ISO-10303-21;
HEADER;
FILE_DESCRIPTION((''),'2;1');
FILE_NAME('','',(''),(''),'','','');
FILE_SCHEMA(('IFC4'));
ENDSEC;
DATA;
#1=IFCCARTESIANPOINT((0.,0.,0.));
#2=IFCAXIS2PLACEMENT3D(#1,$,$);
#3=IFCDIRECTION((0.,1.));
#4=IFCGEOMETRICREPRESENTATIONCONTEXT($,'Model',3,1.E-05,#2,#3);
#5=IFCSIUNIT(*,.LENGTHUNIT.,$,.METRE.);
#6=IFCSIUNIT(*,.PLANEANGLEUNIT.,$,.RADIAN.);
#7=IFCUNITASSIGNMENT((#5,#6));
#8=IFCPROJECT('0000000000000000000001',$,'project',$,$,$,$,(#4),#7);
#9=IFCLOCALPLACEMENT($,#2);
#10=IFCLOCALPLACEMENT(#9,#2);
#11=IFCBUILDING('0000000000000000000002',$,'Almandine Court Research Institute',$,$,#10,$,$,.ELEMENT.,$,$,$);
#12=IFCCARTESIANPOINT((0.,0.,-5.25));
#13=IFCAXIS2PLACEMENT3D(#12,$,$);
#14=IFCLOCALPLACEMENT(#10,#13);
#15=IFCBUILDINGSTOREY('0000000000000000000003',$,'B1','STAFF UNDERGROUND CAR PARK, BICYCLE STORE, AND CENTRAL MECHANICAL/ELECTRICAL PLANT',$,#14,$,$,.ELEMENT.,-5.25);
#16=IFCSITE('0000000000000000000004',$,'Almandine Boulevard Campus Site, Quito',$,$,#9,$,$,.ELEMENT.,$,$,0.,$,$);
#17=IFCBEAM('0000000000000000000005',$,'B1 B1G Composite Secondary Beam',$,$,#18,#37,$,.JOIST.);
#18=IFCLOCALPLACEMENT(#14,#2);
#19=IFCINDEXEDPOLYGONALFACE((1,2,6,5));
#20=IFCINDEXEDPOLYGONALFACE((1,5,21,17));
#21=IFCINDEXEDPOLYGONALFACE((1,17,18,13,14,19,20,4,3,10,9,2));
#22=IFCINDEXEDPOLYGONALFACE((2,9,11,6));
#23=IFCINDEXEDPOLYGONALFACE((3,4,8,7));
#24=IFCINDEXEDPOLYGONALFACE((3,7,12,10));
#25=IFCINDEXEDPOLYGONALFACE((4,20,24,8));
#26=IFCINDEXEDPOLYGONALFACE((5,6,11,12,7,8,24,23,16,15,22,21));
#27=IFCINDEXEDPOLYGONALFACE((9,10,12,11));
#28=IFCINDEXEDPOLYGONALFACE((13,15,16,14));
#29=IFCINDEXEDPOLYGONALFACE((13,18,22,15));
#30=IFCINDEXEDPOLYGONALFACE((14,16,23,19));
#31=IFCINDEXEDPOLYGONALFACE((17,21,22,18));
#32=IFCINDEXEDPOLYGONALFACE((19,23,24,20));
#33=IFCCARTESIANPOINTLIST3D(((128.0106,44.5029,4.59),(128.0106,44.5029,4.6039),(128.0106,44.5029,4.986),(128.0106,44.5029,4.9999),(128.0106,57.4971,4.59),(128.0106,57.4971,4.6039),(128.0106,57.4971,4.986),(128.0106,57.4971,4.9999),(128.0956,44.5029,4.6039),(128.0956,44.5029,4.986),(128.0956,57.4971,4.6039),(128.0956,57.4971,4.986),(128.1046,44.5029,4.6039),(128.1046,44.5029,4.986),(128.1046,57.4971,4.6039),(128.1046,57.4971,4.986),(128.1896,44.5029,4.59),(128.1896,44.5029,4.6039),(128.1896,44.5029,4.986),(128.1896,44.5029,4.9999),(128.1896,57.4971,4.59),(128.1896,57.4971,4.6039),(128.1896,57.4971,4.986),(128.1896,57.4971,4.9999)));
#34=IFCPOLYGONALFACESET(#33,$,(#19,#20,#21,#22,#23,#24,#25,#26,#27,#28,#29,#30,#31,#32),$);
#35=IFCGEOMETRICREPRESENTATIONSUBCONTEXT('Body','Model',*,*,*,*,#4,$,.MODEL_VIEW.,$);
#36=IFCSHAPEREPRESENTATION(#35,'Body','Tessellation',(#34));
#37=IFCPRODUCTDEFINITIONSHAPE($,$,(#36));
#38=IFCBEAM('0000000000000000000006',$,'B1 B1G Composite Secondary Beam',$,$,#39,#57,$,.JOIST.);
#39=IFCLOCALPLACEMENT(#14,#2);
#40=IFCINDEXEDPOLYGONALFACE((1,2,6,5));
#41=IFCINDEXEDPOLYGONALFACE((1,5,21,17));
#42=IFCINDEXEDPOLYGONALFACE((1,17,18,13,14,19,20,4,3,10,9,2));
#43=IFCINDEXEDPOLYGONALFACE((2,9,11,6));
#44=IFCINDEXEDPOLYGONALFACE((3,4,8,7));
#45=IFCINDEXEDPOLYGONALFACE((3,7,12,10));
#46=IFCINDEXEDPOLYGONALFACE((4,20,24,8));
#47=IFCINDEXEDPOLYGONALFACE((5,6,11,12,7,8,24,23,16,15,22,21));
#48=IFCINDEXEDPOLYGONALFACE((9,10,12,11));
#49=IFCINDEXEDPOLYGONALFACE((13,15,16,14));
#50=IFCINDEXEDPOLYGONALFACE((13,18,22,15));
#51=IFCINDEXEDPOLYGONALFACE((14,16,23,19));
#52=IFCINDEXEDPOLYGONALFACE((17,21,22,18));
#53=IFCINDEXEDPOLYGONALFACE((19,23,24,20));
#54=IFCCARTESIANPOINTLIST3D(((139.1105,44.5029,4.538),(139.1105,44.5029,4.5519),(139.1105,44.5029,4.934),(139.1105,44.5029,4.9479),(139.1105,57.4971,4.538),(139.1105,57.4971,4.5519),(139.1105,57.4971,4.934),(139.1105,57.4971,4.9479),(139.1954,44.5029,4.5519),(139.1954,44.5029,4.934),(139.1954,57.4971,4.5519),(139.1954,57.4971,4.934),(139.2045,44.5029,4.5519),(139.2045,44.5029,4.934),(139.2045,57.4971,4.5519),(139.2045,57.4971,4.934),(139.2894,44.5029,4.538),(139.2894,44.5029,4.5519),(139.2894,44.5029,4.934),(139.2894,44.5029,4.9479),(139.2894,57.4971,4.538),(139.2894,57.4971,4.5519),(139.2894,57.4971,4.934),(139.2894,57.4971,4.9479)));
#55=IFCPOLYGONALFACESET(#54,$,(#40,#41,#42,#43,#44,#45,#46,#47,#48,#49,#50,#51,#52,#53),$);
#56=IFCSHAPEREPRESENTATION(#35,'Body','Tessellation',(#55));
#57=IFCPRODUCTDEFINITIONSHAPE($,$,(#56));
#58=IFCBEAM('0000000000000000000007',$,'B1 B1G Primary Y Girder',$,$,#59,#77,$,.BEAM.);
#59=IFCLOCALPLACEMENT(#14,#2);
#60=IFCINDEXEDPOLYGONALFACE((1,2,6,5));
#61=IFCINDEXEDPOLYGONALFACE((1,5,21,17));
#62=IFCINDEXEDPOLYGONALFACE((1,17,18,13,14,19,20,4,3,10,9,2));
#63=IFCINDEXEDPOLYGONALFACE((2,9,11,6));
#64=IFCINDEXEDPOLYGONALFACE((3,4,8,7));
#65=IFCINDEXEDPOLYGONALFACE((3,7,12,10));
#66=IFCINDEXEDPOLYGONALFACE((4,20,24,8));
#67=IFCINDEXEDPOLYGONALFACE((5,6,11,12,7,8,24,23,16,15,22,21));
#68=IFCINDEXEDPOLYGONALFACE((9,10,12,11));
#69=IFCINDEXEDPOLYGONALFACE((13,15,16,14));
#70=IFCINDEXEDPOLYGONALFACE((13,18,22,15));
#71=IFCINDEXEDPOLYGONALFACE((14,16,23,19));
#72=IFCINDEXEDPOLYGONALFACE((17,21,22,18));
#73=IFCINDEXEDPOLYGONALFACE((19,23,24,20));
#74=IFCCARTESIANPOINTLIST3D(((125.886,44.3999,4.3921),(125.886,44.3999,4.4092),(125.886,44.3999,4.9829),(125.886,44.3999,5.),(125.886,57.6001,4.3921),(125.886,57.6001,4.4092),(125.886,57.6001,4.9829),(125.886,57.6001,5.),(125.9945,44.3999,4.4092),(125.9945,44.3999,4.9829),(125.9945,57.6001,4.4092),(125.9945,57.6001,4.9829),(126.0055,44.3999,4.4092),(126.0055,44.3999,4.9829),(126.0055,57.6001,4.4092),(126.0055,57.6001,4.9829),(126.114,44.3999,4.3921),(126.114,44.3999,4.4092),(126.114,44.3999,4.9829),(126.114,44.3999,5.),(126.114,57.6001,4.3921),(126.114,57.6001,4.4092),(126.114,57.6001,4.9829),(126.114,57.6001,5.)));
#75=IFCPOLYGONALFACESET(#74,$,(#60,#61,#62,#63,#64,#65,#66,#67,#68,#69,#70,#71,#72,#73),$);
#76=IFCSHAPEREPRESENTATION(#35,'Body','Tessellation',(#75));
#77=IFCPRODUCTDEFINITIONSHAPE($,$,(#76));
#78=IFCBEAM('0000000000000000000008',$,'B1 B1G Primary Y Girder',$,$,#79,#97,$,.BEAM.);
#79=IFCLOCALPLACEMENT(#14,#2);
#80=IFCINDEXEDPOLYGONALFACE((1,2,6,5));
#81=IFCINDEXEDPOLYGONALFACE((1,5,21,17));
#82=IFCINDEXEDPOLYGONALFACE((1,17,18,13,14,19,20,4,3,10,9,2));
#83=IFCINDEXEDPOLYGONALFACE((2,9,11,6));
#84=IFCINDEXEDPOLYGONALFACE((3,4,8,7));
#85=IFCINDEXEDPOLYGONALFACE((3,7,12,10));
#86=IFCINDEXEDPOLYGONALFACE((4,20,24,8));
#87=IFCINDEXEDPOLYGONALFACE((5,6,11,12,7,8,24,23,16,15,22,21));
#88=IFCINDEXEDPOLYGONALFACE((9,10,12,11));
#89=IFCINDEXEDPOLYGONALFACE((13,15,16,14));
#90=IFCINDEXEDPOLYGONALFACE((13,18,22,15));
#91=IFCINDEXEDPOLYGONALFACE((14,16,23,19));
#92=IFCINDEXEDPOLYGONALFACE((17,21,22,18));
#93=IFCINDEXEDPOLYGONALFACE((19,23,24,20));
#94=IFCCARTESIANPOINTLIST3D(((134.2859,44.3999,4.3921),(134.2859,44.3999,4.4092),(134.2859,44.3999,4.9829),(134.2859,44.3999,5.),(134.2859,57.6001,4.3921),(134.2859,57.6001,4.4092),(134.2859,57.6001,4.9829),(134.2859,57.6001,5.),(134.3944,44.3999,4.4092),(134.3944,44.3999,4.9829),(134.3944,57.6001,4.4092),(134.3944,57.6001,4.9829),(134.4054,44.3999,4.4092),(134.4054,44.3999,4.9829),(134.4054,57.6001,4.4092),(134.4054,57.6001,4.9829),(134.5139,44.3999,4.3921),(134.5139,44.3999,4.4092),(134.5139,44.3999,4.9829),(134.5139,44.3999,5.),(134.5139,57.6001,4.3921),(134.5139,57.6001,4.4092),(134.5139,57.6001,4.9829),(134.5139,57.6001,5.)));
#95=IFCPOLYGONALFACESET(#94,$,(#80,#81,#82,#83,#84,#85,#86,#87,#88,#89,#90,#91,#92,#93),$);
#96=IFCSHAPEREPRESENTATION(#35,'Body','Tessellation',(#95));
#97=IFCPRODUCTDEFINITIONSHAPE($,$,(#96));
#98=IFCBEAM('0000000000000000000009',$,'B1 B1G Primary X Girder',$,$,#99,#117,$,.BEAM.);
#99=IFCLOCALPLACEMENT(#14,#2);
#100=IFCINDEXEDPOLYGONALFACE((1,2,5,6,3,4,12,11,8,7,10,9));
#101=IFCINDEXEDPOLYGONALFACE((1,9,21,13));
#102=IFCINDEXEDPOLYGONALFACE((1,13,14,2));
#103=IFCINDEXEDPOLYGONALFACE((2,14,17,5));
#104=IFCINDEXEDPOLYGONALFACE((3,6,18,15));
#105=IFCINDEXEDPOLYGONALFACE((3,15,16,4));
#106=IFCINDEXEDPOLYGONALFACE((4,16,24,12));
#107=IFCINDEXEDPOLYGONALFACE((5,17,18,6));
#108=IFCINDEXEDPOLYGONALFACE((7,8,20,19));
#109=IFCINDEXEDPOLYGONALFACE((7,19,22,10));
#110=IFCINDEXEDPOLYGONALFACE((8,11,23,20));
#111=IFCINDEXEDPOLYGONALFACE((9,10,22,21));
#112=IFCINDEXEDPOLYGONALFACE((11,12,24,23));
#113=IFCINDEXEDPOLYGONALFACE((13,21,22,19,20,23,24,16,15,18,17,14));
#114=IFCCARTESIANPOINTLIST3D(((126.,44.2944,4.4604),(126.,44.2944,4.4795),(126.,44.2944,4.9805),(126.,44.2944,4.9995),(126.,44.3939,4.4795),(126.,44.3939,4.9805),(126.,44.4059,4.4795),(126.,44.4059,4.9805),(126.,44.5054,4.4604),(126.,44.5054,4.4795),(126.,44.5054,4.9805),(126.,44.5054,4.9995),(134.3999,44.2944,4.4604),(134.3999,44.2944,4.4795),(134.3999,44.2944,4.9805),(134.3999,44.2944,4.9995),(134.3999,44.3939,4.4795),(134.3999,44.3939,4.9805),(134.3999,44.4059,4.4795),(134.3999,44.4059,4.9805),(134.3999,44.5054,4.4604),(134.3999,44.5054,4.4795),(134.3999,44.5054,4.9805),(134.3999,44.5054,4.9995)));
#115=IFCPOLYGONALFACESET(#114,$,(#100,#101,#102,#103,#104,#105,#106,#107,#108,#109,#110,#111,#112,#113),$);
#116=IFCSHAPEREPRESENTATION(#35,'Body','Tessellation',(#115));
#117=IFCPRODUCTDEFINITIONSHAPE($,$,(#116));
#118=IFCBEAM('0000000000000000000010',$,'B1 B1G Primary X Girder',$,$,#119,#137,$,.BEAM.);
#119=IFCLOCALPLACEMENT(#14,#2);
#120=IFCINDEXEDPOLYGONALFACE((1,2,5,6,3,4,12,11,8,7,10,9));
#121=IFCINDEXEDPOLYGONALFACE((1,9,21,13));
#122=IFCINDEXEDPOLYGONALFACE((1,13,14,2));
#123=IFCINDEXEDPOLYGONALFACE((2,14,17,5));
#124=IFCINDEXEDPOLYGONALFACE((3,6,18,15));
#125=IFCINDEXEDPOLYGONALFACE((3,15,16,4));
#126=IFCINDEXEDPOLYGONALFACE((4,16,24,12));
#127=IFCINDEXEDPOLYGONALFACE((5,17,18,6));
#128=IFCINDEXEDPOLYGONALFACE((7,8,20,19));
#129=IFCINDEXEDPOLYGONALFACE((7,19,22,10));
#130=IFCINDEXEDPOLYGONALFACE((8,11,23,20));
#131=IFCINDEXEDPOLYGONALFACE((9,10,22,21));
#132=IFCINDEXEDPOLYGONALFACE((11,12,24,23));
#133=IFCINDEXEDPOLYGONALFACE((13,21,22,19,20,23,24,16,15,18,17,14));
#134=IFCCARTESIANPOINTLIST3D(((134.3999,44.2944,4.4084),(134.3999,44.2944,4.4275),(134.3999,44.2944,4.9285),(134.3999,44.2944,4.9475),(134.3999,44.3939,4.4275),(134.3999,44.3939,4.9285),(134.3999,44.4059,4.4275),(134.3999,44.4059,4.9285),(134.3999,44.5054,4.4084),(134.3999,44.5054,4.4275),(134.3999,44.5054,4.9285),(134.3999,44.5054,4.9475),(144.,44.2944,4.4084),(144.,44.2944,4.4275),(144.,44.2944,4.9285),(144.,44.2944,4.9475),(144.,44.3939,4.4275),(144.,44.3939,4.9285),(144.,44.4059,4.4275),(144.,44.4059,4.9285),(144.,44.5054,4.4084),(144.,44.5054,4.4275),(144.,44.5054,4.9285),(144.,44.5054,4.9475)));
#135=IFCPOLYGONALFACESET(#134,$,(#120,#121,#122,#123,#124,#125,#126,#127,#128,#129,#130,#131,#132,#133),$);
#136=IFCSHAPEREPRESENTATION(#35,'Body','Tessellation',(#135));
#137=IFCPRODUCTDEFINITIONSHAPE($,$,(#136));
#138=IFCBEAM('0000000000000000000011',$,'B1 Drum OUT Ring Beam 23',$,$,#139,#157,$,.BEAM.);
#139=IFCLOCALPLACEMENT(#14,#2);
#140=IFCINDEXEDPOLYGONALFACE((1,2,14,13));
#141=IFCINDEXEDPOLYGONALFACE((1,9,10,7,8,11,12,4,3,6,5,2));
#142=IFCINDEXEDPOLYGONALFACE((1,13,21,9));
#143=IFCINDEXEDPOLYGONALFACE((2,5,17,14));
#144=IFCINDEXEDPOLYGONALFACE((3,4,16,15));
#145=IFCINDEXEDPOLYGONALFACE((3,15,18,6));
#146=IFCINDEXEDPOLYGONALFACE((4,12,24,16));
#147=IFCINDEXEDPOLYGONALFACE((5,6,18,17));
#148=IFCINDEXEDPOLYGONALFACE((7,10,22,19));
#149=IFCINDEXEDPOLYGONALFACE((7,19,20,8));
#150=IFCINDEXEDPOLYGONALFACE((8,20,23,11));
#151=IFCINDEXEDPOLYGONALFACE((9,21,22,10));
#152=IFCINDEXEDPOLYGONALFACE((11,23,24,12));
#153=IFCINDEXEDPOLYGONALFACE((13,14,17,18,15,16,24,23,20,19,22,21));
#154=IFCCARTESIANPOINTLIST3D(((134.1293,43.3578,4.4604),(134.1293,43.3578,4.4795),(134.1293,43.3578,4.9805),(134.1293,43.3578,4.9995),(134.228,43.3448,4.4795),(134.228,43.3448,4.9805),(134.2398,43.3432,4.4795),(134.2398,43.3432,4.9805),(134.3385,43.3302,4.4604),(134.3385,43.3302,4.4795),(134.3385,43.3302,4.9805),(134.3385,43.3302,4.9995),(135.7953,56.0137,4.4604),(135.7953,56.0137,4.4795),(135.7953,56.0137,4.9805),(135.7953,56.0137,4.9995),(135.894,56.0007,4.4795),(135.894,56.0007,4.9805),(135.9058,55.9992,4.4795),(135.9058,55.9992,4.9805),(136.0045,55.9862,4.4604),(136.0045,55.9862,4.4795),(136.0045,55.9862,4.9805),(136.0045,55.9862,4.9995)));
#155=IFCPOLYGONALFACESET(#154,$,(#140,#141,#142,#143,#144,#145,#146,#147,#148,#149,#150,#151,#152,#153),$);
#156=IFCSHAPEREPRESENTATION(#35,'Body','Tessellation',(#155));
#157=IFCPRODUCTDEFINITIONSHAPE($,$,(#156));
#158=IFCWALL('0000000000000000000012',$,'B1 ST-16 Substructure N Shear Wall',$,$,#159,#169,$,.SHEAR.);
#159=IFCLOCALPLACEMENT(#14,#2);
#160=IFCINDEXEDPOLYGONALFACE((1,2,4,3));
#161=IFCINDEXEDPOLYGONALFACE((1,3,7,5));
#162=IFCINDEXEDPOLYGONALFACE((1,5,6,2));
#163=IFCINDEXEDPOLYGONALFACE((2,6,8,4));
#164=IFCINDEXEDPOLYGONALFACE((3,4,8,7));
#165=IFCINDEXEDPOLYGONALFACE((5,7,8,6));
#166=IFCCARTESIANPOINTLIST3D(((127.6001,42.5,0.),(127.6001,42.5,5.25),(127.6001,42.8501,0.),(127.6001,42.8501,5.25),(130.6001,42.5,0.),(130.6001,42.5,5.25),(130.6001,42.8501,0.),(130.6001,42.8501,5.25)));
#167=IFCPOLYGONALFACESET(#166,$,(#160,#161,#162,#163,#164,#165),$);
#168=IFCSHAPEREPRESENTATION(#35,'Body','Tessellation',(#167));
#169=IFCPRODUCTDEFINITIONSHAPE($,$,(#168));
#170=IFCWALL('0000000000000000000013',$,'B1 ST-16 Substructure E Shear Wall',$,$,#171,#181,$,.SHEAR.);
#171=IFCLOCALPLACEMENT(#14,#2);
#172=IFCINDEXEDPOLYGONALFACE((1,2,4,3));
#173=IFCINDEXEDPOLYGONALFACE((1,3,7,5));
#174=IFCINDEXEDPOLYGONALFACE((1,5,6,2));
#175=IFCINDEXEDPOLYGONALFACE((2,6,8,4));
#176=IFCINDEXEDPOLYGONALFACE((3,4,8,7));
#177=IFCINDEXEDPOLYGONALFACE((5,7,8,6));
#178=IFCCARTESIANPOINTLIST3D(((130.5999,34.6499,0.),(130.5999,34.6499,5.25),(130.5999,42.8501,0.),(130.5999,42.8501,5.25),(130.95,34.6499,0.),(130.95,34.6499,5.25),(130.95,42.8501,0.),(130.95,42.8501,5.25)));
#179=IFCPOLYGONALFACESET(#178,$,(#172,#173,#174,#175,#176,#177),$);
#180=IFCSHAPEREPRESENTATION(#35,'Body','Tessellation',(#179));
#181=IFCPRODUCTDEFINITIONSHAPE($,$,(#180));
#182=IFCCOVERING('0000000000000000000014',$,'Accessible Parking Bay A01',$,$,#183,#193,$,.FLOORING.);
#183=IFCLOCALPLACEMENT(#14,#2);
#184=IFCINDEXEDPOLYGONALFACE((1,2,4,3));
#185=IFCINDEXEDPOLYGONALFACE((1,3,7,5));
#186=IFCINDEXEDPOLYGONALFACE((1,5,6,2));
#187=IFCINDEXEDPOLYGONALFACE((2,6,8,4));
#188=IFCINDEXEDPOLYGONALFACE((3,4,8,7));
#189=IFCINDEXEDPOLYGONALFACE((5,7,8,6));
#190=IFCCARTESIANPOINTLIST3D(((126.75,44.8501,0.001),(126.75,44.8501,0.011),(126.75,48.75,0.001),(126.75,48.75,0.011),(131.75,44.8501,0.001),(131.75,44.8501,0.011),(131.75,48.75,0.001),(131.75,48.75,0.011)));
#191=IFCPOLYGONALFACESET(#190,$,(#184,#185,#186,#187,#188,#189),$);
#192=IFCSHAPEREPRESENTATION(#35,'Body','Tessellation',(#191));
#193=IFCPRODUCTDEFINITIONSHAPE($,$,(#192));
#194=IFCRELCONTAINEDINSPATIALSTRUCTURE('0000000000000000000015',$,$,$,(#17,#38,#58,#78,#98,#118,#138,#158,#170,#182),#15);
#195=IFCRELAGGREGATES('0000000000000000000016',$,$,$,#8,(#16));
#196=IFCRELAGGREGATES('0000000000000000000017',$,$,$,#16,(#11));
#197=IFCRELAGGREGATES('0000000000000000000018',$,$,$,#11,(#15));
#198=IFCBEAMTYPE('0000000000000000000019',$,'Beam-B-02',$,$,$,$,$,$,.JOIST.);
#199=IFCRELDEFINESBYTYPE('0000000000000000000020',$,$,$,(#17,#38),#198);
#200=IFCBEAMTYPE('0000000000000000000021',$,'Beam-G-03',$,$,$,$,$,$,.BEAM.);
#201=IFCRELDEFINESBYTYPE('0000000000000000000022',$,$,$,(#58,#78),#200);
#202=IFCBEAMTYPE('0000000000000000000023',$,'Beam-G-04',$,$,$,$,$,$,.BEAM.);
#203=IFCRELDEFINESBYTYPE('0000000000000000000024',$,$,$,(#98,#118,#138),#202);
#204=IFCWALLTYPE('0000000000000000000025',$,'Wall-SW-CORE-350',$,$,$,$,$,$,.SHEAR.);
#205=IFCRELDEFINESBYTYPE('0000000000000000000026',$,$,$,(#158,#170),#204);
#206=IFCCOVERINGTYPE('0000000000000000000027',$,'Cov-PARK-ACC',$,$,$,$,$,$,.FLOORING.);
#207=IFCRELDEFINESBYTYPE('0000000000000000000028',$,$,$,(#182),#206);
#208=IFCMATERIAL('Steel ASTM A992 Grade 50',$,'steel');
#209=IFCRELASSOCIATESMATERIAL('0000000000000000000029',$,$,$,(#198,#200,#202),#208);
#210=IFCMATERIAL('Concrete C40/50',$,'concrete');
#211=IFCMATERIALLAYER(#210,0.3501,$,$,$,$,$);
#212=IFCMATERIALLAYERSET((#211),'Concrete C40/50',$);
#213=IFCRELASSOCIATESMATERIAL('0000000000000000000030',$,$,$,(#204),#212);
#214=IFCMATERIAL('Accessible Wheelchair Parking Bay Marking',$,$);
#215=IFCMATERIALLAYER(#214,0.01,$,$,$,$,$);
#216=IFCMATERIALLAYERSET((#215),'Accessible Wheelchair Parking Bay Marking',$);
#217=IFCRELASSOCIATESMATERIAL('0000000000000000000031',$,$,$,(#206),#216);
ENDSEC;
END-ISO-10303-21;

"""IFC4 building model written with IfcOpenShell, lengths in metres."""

from ifc_helpers import new_model, si_unit, direction, frame, frame_2d, origin, origin_2d, place, context, subcontext, project, spatial, rectangle, i_section, extrude, material, layer, layer_set, material_profile, profile_set, type_object, element, save


model = new_model("IFC4")

# Units and contexts
model_context = context("Model", 3, precision=1e-05, world=origin(), true_north=direction((0.0, 1.0)))
body_context = subcontext(model_context, "Body", "Model", "MODEL_VIEW")
ifc_project = project(units=[si_unit("LENGTHUNIT", "METRE"), si_unit("PLANEANGLEUNIT", "RADIAN")], contexts=[model_context])

# Site, building, storey
site_placement = place(None, origin())
site = spatial("IfcSite", under=ifc_project, at=site_placement, Name="Almandine Boulevard Campus Site, Quito", CompositionType="ELEMENT", RefElevation=0.0)
building_placement = place(site_placement, origin())
building = spatial("IfcBuilding", under=site, at=building_placement, Name="Almandine Court Research Institute", CompositionType="ELEMENT")
storey_placement = place(building_placement, frame((0.0, 0.0, -5.25)))
storey = spatial("IfcBuildingStorey", under=building, at=storey_placement, Name="B1", Description="STAFF UNDERGROUND CAR PARK, BICYCLE STORE, AND CENTRAL MECHANICAL/ELECTRICAL PLANT", CompositionType="ELEMENT", Elevation=-5.25)

# Shared definitions
ifc_material_1 = material(Name="Concrete C40/50", Category="concrete")

# Beams
ifc_material_2 = material(Name="Steel ASTM A992 Grade 50", Category="steel")
ifc_material_profile_1 = material_profile(ifc_material_2, i_section(OverallWidth=0.179, OverallDepth=0.4099, WebThickness=0.009, FlangeThickness=0.0139, at=origin_2d()), Name="W410x67")
ifc_profile_set_1 = profile_set([ifc_material_profile_1], Name="Steel ASTM A992 Grade 50")
beam_type_1 = type_object("IfcBeamType", Name="Beam-B-02", PredefinedType="JOIST", material=ifc_profile_set_1)
for number, where, z_axis, x_axis, name in (
    (1, (128.1001, 44.5029, 4.7949), (0.0, 1.0, 0.0), (-1.0, 0.0, 0.0), "B1 B1G Composite Secondary Beam"),
    (2, (139.2, 44.5029, 4.7429), (0.0, 1.0, 0.0), (-1.0, 0.0, 0.0), "B1 B1G Composite Secondary Beam"),
):
    element("IfcBeam", number, at=place(storey_placement, frame(where, z_axis=z_axis, x_axis=x_axis)), inside=storey, type_object=beam_type_1, Name=name, PredefinedType="JOIST", context=body_context, shape_type="SweptSolid", body=[
        extrude(i_section(OverallWidth=0.179, OverallDepth=0.4099, WebThickness=0.009, FlangeThickness=0.0139, at=origin_2d()), origin(), (0.0, 0.0, 1.0), 12.9941),
    ])
ifc_material_profile_2 = material_profile(ifc_material_2, i_section(OverallWidth=0.228, OverallDepth=0.6079, WebThickness=0.011, FlangeThickness=0.0171, at=origin_2d()), Name="W610x113")
ifc_profile_set_2 = profile_set([ifc_material_profile_2], Name="Steel ASTM A992 Grade 50")
beam_type_2 = type_object("IfcBeamType", Name="Beam-G-03", PredefinedType="BEAM", material=ifc_profile_set_2)
for number, where, z_axis, x_axis, name in (
    (3, (126.0, 44.3999, 4.696), (0.0, 1.0, 0.0), (-1.0, 0.0, 0.0), "B1 B1G Primary Y Girder"),
    (4, (134.3999, 44.3999, 4.696), (0.0, 1.0, 0.0), (-1.0, 0.0, 0.0), "B1 B1G Primary Y Girder"),
):
    element("IfcBeam", number, at=place(storey_placement, frame(where, z_axis=z_axis, x_axis=x_axis)), inside=storey, type_object=beam_type_2, Name=name, PredefinedType="BEAM", context=body_context, shape_type="SweptSolid", body=[
        extrude(i_section(OverallWidth=0.228, OverallDepth=0.6079, WebThickness=0.011, FlangeThickness=0.0171, at=origin_2d()), origin(), (0.0, 0.0, 1.0), 13.2002),
    ])
ifc_material_profile_3 = material_profile(ifc_material_2, i_section(OverallWidth=0.2109, OverallDepth=0.5391, WebThickness=0.012, FlangeThickness=0.019, at=origin_2d()), Name="W530x109")
ifc_profile_set_3 = profile_set([ifc_material_profile_3], Name="Steel ASTM A992 Grade 50")
beam_type_3 = type_object("IfcBeamType", Name="Beam-G-04", PredefinedType="BEAM", material=ifc_profile_set_3)
beam_1_placement = place(storey_placement, frame((126.0, 44.3999, 4.73), z_axis=(1.0, 0.0, 0.0), x_axis=(0.0, 1.0, 0.0)))
element("IfcBeam", 5, at=beam_1_placement, inside=storey, type_object=beam_type_3, Name="B1 B1G Primary X Girder", PredefinedType="BEAM", context=body_context, shape_type="SweptSolid", body=[
    extrude(i_section(OverallWidth=0.2109, OverallDepth=0.5391, WebThickness=0.012, FlangeThickness=0.019, at=origin_2d()), origin(), (0.0, 0.0, 1.0), 8.3999),
])
beam_2_placement = place(storey_placement, frame((134.3999, 44.3999, 4.678), z_axis=(1.0, 0.0, 0.0), x_axis=(0.0, 1.0, 0.0)))
element("IfcBeam", 6, at=beam_2_placement, inside=storey, type_object=beam_type_3, Name="B1 B1G Primary X Girder", PredefinedType="BEAM", context=body_context, shape_type="SweptSolid", body=[
    extrude(i_section(OverallWidth=0.2109, OverallDepth=0.5391, WebThickness=0.012, FlangeThickness=0.019, at=origin_2d()), origin(), (0.0, 0.0, 1.0), 9.6001),
])
beam_3_placement = place(storey_placement, frame((134.2339, 43.344, 4.73), z_axis=(0.130512, 0.991447, 0.0), x_axis=(-0.991447, 0.130512, 0.0)))
element("IfcBeam", 7, at=beam_3_placement, inside=storey, type_object=beam_type_3, Name="B1 Drum OUT Ring Beam 23", PredefinedType="BEAM", context=body_context, shape_type="SweptSolid", body=[
    extrude(i_section(OverallWidth=0.2109, OverallDepth=0.5391, WebThickness=0.012, FlangeThickness=0.019, at=origin_2d()), origin(), (0.0, 0.0, 1.0), 12.7651),
])

# Walls
ifc_layer_1 = layer(ifc_material_1, 0.3501)
ifc_layer_set_1 = layer_set([ifc_layer_1], Name="Concrete C40/50")
wall_type = type_object("IfcWallType", Name="Wall-SW-CORE-350", PredefinedType="SHEAR", material=ifc_layer_set_1)
wall_1_placement = place(storey_placement, frame((127.6001, 42.675, 0.0), z_axis=(0.0, 0.0, 1.0), x_axis=(1.0, 0.0, 0.0)))
element("IfcWall", 8, at=wall_1_placement, inside=storey, type_object=wall_type, Name="B1 ST-16 Substructure N Shear Wall", PredefinedType="SHEAR", context=body_context, shape_type="SweptSolid", body=[
    extrude(rectangle(XDim=3.0, YDim=0.3501, at=frame_2d((1.5, 0.0))), origin(), (0.0, 0.0, 1.0), 5.25),
])
wall_2_placement = place(storey_placement, frame((130.7749, 42.8501, 0.0), z_axis=(0.0, 0.0, 1.0), x_axis=(0.0, -1.0, 0.0)))
element("IfcWall", 9, at=wall_2_placement, inside=storey, type_object=wall_type, Name="B1 ST-16 Substructure E Shear Wall", PredefinedType="SHEAR", context=body_context, shape_type="SweptSolid", body=[
    extrude(rectangle(XDim=8.2002, YDim=0.3501, at=frame_2d((4.1001, 0.0))), origin(), (0.0, 0.0, 1.0), 5.25),
])

# Covering
ifc_material_3 = material(Name="Accessible Wheelchair Parking Bay Marking")
ifc_layer_2 = layer(ifc_material_3, 0.01)
ifc_layer_set_2 = layer_set([ifc_layer_2], Name="Accessible Wheelchair Parking Bay Marking")
covering_type_1 = type_object("IfcCoveringType", Name="Cov-PARK-ACC", PredefinedType="FLOORING", material=ifc_layer_set_2)
for number, where, z_axis, x_axis, name in (
    (10, (129.25, 46.8, 0.001), (0.0, 0.0, 1.0), (0.0, 1.0, 0.0), "Accessible Parking Bay A01"),
):
    element("IfcCovering", number, at=place(storey_placement, frame(where, z_axis=z_axis, x_axis=x_axis)), inside=storey, type_object=covering_type_1, Name=name, PredefinedType="FLOORING", context=body_context, shape_type="SweptSolid", body=[
        extrude(rectangle(XDim=3.8999, YDim=5.0, at=origin_2d()), origin(), (0.0, 0.0, 1.0), 0.01),
    ])

save(model, "model.ifc")
